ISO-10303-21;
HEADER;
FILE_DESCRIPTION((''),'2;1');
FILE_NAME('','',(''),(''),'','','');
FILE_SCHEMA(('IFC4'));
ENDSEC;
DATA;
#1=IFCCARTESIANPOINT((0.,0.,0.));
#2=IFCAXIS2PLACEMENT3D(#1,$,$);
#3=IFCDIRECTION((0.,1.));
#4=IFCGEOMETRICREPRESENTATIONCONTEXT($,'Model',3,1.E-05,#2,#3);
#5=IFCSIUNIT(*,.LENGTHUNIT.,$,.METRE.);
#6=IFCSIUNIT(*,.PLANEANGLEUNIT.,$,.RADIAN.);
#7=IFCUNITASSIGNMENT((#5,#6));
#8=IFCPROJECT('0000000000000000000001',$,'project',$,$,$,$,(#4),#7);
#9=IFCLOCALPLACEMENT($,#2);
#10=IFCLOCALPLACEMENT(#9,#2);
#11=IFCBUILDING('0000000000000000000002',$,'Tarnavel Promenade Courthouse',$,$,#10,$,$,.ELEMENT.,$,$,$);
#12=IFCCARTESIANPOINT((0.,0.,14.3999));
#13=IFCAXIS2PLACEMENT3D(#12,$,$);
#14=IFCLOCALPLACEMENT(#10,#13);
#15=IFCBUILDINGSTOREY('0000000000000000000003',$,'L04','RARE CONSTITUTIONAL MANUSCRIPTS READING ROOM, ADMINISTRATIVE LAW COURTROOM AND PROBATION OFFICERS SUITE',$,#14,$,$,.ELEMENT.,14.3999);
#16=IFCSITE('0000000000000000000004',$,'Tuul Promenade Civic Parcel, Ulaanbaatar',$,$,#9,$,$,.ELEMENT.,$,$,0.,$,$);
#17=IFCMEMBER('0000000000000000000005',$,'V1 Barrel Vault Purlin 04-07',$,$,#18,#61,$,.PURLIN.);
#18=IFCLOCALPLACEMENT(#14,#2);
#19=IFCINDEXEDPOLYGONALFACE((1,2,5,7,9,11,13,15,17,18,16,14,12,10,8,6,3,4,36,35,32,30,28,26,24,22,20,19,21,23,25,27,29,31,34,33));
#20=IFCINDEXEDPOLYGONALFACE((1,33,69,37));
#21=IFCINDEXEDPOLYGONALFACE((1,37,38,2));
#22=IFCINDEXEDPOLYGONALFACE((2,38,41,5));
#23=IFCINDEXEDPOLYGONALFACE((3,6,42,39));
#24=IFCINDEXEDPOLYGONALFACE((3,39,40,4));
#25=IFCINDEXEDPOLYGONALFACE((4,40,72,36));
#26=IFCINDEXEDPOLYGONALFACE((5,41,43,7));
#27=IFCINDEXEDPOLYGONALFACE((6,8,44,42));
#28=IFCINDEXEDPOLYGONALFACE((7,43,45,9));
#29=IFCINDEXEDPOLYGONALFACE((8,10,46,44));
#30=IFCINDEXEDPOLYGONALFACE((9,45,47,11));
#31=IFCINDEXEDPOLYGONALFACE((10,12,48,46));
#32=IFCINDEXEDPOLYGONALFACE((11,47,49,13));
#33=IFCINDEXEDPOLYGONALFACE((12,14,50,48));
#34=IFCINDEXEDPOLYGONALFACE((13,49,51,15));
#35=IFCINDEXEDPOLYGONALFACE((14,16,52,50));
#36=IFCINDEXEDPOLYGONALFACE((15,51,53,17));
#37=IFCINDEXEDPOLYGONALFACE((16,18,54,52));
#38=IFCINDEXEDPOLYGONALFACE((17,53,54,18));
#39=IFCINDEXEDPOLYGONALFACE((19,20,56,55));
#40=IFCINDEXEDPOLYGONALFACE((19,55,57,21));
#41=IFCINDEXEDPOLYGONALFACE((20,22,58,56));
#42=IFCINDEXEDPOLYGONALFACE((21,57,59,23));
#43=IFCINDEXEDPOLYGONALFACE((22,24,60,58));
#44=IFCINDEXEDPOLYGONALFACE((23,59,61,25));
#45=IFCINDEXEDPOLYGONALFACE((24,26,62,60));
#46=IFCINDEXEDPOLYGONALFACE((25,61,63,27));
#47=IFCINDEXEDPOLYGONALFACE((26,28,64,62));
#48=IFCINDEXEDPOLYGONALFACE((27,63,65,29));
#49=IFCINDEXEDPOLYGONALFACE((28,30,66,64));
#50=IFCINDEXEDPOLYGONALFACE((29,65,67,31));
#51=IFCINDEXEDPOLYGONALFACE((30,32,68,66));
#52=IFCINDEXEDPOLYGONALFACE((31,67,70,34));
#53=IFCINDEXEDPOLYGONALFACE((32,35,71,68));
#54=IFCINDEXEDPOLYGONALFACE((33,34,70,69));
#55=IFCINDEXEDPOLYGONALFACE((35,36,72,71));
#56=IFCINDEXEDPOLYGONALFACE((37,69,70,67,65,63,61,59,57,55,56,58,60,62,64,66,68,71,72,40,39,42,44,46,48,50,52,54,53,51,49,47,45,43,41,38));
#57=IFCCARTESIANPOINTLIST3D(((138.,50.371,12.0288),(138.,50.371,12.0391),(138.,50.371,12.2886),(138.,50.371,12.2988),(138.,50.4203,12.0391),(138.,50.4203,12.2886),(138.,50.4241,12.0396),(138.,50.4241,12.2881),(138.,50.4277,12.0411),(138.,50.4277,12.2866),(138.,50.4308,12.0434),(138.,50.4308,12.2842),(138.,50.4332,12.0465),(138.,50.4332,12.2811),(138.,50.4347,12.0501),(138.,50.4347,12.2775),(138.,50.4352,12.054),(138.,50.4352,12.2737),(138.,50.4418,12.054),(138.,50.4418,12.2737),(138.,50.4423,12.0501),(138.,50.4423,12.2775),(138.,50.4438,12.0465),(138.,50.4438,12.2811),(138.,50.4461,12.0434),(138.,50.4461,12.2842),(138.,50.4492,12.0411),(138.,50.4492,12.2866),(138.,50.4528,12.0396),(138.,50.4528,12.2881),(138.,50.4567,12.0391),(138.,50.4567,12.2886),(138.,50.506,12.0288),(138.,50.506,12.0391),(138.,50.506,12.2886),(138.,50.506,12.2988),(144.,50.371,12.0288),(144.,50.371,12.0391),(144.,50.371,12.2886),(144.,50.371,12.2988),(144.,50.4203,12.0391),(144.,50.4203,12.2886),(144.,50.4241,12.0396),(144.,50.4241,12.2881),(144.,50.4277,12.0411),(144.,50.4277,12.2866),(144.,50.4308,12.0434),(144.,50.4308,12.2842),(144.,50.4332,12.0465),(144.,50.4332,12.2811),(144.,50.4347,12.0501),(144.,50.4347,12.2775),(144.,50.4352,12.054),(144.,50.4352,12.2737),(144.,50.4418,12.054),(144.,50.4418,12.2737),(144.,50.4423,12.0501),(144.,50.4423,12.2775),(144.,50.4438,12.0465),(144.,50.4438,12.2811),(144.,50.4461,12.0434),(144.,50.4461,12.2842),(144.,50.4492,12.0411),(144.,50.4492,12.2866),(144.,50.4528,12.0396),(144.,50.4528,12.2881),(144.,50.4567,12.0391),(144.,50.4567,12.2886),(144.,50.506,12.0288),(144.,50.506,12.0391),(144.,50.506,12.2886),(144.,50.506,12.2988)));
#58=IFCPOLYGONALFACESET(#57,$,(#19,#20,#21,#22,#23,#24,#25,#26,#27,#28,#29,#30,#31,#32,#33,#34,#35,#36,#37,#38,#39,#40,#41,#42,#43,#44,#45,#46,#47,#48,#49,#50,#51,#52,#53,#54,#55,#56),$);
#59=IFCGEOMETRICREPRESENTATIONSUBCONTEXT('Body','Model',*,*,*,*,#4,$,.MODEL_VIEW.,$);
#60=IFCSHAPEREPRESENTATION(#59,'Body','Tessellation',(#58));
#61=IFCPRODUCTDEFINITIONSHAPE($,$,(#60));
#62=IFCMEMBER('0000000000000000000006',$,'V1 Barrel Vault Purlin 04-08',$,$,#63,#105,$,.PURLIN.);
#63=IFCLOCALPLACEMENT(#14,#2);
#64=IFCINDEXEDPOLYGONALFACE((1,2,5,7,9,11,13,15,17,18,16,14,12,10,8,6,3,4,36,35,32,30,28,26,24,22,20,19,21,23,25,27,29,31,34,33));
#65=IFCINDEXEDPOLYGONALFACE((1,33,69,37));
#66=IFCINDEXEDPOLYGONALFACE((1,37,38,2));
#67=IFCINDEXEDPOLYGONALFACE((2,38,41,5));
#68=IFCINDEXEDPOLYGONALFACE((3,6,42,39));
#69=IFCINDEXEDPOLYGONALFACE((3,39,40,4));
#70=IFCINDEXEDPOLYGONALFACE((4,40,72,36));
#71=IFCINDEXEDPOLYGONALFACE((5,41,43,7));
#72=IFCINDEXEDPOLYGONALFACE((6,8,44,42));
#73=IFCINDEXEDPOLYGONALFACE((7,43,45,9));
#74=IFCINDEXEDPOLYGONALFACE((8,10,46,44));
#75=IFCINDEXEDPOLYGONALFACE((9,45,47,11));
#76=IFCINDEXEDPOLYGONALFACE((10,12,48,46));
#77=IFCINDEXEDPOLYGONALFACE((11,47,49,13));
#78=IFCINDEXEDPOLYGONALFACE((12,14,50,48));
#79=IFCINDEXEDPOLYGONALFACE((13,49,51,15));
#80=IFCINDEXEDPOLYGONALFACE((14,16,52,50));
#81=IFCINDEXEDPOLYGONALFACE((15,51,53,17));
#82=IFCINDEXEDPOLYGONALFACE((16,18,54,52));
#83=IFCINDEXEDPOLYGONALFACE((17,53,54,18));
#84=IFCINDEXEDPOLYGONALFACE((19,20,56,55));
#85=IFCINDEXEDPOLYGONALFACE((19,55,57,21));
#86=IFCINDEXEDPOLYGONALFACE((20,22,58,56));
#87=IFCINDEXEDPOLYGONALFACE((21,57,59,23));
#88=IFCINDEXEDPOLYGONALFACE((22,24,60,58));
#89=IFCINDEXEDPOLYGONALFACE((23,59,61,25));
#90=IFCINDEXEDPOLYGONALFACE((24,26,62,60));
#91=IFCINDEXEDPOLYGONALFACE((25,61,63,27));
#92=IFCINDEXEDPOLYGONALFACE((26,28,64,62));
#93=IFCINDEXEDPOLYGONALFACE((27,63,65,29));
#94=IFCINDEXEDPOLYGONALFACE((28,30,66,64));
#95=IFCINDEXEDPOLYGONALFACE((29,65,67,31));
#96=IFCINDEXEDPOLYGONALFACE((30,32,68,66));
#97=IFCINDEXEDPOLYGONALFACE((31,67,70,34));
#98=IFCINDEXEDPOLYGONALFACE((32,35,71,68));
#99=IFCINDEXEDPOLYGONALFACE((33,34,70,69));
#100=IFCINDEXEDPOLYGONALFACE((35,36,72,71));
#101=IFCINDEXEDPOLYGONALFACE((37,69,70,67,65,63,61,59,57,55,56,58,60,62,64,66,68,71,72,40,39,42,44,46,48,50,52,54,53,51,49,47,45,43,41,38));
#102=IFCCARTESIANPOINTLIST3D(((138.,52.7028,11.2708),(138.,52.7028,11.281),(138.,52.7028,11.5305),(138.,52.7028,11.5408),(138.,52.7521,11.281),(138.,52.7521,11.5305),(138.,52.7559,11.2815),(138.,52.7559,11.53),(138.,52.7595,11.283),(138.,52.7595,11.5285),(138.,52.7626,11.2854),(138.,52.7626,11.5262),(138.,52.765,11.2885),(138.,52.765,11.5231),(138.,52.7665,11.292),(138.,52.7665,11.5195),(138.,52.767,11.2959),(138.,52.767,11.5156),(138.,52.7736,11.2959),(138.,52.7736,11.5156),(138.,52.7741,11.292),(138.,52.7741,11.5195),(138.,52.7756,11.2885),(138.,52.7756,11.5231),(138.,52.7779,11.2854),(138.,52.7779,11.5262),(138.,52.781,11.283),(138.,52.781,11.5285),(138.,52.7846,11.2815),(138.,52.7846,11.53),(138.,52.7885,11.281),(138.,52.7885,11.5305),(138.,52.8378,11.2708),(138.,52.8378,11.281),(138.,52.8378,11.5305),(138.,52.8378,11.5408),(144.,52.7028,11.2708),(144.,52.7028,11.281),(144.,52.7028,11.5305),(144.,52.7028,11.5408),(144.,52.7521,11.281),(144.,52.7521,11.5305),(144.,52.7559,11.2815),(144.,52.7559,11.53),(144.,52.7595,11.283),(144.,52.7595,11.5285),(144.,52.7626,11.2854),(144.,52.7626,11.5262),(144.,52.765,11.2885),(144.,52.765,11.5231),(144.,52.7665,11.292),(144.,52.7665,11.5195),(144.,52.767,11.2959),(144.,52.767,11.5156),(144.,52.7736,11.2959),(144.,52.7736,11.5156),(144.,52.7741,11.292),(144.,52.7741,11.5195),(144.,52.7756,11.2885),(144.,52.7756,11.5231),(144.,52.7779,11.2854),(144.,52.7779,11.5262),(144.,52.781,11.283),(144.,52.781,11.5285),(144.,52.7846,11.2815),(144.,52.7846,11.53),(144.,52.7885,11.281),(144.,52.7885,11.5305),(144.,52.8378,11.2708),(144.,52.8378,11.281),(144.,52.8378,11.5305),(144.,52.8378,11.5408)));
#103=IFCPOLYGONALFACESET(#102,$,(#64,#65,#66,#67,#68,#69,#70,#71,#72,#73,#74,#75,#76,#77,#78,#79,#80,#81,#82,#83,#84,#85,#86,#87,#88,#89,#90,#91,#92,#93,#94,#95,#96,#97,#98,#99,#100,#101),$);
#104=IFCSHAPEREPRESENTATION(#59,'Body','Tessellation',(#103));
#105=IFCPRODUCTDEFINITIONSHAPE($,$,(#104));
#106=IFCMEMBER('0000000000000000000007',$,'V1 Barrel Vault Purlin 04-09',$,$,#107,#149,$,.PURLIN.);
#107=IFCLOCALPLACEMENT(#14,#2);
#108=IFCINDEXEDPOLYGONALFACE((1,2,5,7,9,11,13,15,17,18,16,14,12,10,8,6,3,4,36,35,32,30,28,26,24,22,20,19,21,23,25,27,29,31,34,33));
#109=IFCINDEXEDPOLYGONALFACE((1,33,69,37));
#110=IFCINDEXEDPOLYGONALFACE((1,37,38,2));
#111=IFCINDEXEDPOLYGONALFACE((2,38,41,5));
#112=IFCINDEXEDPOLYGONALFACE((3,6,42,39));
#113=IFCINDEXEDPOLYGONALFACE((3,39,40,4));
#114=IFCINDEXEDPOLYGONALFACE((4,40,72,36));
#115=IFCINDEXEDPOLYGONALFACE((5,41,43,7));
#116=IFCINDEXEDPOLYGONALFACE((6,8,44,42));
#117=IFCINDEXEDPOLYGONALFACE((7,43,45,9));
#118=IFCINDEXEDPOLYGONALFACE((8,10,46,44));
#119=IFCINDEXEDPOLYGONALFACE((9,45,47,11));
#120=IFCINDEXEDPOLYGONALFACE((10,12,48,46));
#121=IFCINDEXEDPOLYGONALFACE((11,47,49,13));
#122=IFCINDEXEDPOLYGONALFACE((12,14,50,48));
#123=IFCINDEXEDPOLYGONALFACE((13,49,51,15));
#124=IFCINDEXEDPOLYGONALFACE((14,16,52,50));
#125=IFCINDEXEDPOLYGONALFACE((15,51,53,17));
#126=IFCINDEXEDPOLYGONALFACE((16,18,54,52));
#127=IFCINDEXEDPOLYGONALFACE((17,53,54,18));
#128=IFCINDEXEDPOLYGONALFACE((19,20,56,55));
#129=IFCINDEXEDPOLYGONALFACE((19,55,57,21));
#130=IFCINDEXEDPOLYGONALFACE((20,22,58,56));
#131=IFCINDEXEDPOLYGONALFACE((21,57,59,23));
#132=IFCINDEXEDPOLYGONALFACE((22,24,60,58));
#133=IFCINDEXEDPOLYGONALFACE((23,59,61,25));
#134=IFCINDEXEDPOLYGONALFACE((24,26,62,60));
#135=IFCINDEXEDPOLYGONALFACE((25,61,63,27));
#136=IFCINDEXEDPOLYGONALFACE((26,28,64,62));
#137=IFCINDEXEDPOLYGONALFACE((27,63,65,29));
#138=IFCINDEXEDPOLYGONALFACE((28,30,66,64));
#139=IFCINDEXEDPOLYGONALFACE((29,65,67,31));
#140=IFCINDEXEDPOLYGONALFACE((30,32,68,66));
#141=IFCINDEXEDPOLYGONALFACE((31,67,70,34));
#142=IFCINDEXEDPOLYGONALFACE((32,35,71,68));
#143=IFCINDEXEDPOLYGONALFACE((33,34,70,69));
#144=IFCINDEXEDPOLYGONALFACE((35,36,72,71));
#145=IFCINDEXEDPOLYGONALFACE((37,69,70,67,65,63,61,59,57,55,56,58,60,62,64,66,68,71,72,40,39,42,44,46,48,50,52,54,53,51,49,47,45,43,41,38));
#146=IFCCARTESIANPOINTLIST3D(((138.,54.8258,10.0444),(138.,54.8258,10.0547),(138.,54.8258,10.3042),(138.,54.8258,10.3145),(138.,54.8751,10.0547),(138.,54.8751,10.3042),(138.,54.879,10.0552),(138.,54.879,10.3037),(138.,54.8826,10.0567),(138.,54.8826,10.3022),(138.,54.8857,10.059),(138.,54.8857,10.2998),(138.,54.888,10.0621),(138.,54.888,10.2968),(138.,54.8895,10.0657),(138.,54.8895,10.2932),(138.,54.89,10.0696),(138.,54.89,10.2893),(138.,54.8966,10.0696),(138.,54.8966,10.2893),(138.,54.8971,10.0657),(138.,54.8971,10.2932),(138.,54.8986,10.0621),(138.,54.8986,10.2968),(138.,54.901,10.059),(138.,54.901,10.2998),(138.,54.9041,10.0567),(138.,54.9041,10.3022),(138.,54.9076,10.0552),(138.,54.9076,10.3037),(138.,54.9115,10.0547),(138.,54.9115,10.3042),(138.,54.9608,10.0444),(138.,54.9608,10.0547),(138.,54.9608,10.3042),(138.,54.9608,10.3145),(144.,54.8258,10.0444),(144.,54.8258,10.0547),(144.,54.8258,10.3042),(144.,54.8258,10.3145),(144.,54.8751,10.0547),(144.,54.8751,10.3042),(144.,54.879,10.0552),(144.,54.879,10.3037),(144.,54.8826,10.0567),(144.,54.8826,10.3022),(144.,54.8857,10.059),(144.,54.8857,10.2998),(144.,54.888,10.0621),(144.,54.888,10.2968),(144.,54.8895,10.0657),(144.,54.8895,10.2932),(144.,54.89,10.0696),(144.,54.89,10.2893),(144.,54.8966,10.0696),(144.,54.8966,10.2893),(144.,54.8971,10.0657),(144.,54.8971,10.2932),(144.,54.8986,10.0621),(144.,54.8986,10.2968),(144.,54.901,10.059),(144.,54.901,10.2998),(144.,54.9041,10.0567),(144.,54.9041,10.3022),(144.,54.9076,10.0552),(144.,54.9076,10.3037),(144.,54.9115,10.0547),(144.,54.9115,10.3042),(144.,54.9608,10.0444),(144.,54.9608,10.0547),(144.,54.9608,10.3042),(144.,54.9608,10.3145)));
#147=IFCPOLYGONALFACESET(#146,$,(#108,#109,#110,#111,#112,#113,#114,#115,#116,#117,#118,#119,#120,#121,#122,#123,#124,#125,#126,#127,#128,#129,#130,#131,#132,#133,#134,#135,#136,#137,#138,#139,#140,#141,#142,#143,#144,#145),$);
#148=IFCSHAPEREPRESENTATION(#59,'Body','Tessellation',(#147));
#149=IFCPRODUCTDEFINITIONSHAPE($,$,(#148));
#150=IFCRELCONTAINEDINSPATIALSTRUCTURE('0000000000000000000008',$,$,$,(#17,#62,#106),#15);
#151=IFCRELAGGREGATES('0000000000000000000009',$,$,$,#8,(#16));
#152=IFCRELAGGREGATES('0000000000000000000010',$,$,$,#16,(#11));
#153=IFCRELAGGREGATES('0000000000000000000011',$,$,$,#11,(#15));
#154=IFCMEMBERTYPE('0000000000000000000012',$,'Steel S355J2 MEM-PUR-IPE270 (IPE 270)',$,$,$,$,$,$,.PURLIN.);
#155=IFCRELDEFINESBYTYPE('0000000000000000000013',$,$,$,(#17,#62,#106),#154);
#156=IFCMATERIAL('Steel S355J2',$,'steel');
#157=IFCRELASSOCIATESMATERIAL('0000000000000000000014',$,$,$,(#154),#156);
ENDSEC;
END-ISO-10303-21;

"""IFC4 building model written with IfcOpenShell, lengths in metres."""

from ifc_helpers import new_model, si_unit, direction, frame, origin, origin_2d, place, context, subcontext, project, spatial, i_section, extrude, material, material_profile, profile_set, type_object, element, save


model = new_model("IFC4")

# Units and contexts
model_context = context("Model", 3, precision=1e-05, world=origin(), true_north=direction((0.0, 1.0)))
body_context = subcontext(model_context, "Body", "Model", "MODEL_VIEW")
ifc_project = project(units=[si_unit("LENGTHUNIT", "METRE"), si_unit("PLANEANGLEUNIT", "RADIAN")], contexts=[model_context])

# Site, building, storey
site_placement = place(None, origin())
site = spatial("IfcSite", under=ifc_project, at=site_placement, Name="Tuul Promenade Civic Parcel, Ulaanbaatar", CompositionType="ELEMENT", RefElevation=0.0)
building_placement = place(site_placement, origin())
building = spatial("IfcBuilding", under=site, at=building_placement, Name="Tarnavel Promenade Courthouse", CompositionType="ELEMENT")
storey_placement = place(building_placement, frame((0.0, 0.0, 14.3999)))
storey = spatial("IfcBuildingStorey", under=building, at=storey_placement, Name="L04", Description="RARE CONSTITUTIONAL MANUSCRIPTS READING ROOM, ADMINISTRATIVE LAW COURTROOM AND PROBATION OFFICERS SUITE", CompositionType="ELEMENT", Elevation=14.3999)

# Shared definitions
ifc_material_1 = material(Name="Steel S355J2", Category="steel")

# Members
ifc_material_profile_1 = material_profile(ifc_material_1, i_section(OverallWidth=0.135, OverallDepth=0.27, WebThickness=0.0066, FlangeThickness=0.0103, FilletRadius=0.0149, at=origin_2d()), Name="IPE 270")
ifc_profile_set_1 = profile_set([ifc_material_profile_1], Name="Steel S355J2")
member_type_1 = type_object("IfcMemberType", Name="Steel S355J2 MEM-PUR-IPE270 (IPE 270)", PredefinedType="PURLIN", material=ifc_profile_set_1)
for number, where, z_axis, x_axis, name in (
    (1, (138.0, 50.4385, 12.1638), (1.0, 0.0, 0.0), (0.0, 1.0, 0.0), "V1 Barrel Vault Purlin 04-07"),
    (2, (138.0, 52.7703, 11.4058), (1.0, 0.0, 0.0), (0.0, 1.0, 0.0), "V1 Barrel Vault Purlin 04-08"),
    (3, (138.0, 54.8933, 10.1794), (1.0, 0.0, 0.0), (0.0, 1.0, 0.0), "V1 Barrel Vault Purlin 04-09"),
):
    element("IfcMember", number, at=place(storey_placement, frame(where, z_axis=z_axis, x_axis=x_axis)), inside=storey, type_object=member_type_1, Name=name, PredefinedType="PURLIN", context=body_context, shape_type="SweptSolid", body=[
        extrude(i_section(OverallWidth=0.135, OverallDepth=0.27, WebThickness=0.0066, FlangeThickness=0.0103, FilletRadius=0.0149, at=origin_2d()), origin(), (0.0, 0.0, 1.0), 6.0),
    ])

save(model, "model.ifc")
